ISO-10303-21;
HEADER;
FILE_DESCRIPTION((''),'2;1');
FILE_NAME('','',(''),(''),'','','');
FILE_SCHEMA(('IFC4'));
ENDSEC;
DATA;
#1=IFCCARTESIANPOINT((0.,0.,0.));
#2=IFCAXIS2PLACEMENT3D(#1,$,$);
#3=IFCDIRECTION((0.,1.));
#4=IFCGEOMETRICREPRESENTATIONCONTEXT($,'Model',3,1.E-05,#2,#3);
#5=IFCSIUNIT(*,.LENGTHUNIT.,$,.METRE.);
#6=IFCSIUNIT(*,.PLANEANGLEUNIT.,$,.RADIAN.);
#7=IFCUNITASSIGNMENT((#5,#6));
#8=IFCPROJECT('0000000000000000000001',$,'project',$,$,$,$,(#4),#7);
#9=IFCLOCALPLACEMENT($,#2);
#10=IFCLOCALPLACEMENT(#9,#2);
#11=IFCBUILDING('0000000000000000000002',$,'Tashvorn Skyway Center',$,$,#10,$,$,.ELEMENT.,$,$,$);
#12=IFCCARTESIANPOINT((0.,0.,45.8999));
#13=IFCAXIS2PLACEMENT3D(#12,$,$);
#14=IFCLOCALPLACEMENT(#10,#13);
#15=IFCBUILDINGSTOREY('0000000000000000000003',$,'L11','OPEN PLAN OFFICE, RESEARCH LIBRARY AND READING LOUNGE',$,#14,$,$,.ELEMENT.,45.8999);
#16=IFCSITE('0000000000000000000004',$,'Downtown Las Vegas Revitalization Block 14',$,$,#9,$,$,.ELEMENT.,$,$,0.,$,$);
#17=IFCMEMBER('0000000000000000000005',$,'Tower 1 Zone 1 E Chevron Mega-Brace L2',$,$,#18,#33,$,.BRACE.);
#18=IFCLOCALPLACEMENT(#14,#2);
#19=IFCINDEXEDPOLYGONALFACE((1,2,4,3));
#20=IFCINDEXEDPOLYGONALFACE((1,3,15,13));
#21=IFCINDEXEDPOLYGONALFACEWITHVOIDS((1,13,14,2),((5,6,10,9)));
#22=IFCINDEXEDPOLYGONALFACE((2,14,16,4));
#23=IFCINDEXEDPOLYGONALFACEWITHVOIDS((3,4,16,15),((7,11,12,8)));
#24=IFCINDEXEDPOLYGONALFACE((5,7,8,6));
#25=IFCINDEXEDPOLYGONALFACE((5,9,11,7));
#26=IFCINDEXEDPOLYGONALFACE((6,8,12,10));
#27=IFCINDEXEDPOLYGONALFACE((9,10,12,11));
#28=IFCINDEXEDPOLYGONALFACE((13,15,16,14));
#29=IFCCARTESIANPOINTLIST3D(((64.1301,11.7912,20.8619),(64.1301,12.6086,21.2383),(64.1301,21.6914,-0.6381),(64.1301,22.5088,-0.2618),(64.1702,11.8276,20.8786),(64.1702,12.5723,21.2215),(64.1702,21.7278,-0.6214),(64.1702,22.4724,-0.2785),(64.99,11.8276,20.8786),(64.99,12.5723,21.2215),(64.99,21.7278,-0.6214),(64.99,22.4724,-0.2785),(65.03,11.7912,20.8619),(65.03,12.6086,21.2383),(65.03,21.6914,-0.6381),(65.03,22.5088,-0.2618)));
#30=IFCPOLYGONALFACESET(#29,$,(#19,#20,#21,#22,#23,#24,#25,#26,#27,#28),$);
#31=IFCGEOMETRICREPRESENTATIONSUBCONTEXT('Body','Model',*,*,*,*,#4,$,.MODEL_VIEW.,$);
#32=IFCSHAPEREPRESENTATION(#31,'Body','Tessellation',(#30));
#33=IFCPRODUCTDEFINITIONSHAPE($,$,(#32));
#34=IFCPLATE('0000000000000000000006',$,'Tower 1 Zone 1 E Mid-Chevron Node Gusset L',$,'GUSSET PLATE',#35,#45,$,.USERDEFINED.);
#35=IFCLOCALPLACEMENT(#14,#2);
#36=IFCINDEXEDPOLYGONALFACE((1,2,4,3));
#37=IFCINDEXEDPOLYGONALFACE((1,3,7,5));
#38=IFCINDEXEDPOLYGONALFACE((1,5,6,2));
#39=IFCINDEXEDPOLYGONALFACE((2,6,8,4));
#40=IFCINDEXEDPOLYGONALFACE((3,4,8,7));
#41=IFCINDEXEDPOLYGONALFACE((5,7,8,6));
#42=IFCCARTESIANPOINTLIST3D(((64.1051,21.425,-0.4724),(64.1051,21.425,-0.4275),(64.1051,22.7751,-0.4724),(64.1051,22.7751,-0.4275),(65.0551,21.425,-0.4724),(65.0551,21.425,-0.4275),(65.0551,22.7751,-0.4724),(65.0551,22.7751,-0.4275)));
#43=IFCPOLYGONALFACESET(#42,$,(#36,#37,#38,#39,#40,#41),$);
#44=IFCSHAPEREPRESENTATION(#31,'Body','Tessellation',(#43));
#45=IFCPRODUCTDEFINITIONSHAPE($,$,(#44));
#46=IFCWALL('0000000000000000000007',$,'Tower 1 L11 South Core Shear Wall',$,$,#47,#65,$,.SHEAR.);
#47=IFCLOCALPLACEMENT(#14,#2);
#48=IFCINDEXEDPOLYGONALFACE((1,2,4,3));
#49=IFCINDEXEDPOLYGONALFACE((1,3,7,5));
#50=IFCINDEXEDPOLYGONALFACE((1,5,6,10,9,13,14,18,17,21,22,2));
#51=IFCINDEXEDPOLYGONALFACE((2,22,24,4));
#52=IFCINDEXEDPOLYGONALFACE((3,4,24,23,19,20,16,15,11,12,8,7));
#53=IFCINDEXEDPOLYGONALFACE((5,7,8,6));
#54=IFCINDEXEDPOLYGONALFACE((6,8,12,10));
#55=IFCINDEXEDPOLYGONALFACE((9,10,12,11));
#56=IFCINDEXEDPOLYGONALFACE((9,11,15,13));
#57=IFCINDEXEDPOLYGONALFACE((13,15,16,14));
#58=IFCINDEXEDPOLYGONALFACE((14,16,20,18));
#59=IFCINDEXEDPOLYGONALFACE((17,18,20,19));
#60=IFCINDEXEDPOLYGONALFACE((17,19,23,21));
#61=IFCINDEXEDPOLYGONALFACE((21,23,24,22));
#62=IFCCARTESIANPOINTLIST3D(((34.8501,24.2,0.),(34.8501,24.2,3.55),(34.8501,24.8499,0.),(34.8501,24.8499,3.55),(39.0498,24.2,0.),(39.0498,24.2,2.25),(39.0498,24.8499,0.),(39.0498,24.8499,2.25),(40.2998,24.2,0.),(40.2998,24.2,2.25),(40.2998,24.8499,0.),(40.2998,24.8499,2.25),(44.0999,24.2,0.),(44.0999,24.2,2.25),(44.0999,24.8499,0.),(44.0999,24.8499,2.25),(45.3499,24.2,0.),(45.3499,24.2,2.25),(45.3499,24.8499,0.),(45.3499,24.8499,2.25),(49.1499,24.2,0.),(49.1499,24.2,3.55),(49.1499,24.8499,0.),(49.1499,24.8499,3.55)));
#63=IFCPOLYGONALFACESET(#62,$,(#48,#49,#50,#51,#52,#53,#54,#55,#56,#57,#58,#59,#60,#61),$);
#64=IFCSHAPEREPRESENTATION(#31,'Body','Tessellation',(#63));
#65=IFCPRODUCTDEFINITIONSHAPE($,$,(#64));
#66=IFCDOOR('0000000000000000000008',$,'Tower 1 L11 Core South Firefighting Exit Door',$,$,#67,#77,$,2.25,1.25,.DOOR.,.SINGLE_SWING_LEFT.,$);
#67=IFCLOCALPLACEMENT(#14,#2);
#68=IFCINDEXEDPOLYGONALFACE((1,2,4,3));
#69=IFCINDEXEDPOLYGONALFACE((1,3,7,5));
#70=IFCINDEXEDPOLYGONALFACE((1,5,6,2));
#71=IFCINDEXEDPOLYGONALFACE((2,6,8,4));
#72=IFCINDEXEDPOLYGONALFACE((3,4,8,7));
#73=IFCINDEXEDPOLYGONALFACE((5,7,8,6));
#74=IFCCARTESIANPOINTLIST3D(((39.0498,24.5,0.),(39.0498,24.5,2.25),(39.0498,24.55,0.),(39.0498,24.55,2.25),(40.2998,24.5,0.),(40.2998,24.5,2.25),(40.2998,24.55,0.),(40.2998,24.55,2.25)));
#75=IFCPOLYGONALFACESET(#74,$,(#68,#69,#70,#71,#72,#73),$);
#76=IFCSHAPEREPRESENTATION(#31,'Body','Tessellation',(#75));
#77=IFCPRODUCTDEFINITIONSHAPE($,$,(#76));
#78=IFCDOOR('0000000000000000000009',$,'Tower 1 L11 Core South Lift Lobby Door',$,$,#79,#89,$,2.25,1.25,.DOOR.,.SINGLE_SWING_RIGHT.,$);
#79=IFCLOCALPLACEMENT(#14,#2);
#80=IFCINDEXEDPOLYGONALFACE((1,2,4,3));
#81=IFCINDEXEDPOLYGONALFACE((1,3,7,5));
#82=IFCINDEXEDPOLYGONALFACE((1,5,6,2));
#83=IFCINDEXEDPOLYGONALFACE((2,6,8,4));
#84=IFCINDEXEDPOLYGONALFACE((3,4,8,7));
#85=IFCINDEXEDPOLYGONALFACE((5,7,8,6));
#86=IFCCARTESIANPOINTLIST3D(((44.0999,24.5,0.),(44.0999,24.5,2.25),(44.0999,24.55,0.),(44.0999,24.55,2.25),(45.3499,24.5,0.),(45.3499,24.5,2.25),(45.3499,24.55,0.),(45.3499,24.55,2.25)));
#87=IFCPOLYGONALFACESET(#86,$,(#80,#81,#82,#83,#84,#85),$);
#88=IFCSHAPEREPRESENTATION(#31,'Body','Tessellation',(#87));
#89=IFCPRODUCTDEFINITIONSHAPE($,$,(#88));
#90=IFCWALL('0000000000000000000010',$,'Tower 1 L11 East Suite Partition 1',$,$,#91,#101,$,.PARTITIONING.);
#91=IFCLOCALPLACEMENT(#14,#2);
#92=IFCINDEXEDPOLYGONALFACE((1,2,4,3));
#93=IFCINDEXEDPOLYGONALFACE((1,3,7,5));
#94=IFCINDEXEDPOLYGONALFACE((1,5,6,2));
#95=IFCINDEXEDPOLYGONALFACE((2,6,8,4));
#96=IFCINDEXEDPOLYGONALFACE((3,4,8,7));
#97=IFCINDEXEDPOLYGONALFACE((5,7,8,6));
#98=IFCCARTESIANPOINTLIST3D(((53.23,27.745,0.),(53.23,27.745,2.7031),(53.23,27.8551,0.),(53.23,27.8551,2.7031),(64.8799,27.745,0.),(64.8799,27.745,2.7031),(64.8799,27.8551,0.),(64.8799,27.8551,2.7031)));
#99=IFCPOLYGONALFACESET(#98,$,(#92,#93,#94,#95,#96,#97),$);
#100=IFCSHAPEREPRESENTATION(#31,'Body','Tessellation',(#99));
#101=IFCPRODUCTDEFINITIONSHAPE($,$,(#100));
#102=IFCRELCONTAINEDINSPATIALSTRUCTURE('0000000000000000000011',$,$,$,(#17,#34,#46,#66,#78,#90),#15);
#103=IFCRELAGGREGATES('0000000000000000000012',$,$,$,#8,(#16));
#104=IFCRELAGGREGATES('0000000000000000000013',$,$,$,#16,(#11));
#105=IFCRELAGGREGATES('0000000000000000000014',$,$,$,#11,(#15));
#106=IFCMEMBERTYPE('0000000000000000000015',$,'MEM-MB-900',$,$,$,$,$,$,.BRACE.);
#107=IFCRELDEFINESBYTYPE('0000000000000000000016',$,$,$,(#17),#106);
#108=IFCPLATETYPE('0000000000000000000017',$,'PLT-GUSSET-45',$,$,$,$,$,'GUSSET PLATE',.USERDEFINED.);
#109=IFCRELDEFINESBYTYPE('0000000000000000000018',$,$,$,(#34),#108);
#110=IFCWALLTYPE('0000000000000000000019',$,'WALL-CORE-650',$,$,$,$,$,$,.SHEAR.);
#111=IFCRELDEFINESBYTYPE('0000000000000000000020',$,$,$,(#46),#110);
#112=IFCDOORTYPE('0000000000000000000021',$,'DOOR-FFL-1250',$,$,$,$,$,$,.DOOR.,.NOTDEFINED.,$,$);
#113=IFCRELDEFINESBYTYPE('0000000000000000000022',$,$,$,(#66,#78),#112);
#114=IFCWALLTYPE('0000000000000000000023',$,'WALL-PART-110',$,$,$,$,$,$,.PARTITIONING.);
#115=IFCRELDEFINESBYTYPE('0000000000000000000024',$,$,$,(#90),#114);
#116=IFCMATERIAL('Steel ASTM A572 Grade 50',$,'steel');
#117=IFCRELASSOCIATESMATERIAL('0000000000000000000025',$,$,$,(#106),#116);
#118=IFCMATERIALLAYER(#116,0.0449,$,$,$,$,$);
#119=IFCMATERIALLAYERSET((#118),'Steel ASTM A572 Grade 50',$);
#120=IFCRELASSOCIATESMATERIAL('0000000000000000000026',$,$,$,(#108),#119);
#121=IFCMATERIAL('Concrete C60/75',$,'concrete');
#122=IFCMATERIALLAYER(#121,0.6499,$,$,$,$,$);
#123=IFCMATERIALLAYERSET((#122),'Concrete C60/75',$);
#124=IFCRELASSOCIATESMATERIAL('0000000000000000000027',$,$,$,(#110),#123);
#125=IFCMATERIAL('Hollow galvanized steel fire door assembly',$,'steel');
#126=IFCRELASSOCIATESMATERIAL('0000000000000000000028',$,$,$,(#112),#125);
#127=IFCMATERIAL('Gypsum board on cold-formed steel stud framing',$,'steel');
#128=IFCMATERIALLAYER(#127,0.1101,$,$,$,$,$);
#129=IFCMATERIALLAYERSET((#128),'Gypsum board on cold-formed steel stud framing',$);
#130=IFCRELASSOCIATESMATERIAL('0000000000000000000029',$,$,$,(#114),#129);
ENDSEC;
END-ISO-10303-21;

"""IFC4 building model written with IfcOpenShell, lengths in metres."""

from ifc_helpers import new_model, si_unit, direction, frame, frame_2d, origin, origin_2d, place, context, subcontext, project, spatial, rectangle, hollow_rectangle, extrude, material, layer, layer_set, material_profile, profile_set, type_object, element, fill, save


model = new_model("IFC4")

# Units and contexts
model_context = context("Model", 3, precision=1e-05, world=origin(), true_north=direction((0.0, 1.0)))
body_context = subcontext(model_context, "Body", "Model", "MODEL_VIEW")
ifc_project = project(units=[si_unit("LENGTHUNIT", "METRE"), si_unit("PLANEANGLEUNIT", "RADIAN")], contexts=[model_context])

# Site, building, storey
site_placement = place(None, origin())
site = spatial("IfcSite", under=ifc_project, at=site_placement, Name="Downtown Las Vegas Revitalization Block 14", CompositionType="ELEMENT", RefElevation=0.0)
building_placement = place(site_placement, origin())
building = spatial("IfcBuilding", under=site, at=building_placement, Name="Tashvorn Skyway Center", CompositionType="ELEMENT")
storey_placement = place(building_placement, frame((0.0, 0.0, 45.8999)))
storey = spatial("IfcBuildingStorey", under=building, at=storey_placement, Name="L11", Description="OPEN PLAN OFFICE, RESEARCH LIBRARY AND READING LOUNGE", CompositionType="ELEMENT", Elevation=45.8999)

# Shared definitions
ifc_material_1 = material(Name="Steel ASTM A572 Grade 50", Category="steel")

# Member
ifc_material_profile_1 = material_profile(ifc_material_1, hollow_rectangle(XDim=0.8999, YDim=0.8999, WallThickness=0.04, at=origin_2d()), Name="BOX900x900x40")
ifc_profile_set_1 = profile_set([ifc_material_profile_1], Name="Steel ASTM A572 Grade 50")
member_type_1 = type_object("IfcMemberType", Name="MEM-MB-900", PredefinedType="BRACE", material=ifc_profile_set_1)
member_1_placement = place(storey_placement, frame((64.5801, 22.1001, -0.45), z_axis=(0.0, -0.418259, 0.908328), x_axis=(1.0, 0.0, 0.0)))
element("IfcMember", 1, at=member_1_placement, inside=storey, type_object=member_type_1, Name="Tower 1 Zone 1 E Chevron Mega-Brace L2", PredefinedType="BRACE", context=body_context, shape_type="SweptSolid", body=[
    extrude(hollow_rectangle(XDim=0.8999, YDim=0.8999, WallThickness=0.04, at=origin_2d()), origin(), (0.0, 0.0, 1.0), 23.6699),
])

# Plate
ifc_layer_1 = layer(ifc_material_1, 0.0449)
ifc_layer_set_1 = layer_set([ifc_layer_1], Name="Steel ASTM A572 Grade 50")
plate_type = type_object("IfcPlateType", Name="PLT-GUSSET-45", ElementType="GUSSET PLATE", PredefinedType="USERDEFINED", material=ifc_layer_set_1)
plate_placement = place(storey_placement, frame((64.5801, 22.1001, -0.4724), z_axis=(0.0, 0.0, 1.0), x_axis=(0.0, 1.0, 0.0)))
element("IfcPlate", 2, at=plate_placement, inside=storey, type_object=plate_type, Name="Tower 1 Zone 1 E Mid-Chevron Node Gusset L", ObjectType="GUSSET PLATE", PredefinedType="USERDEFINED", context=body_context, shape_type="SweptSolid", body=[
    extrude(rectangle(XDim=1.3501, YDim=0.95, at=origin_2d()), origin(), (0.0, 0.0, 1.0), 0.0449),
])

# Wall, openings, doors
ifc_material_2 = material(Name="Concrete C60/75", Category="concrete")
ifc_layer_2 = layer(ifc_material_2, 0.6499)
ifc_layer_set_2 = layer_set([ifc_layer_2], Name="Concrete C60/75")
wall_type_1 = type_object("IfcWallType", Name="WALL-CORE-650", PredefinedType="SHEAR", material=ifc_layer_set_2)
wall_1_placement = place(storey_placement, frame((49.1499, 24.5249, 0.0), z_axis=(0.0, 0.0, 1.0), x_axis=(-1.0, 0.0, 0.0)))
wall_1 = element("IfcWall", 3, at=wall_1_placement, inside=storey, type_object=wall_type_1, Name="Tower 1 L11 South Core Shear Wall", PredefinedType="SHEAR", context=body_context, shape_type="SweptSolid", body=[
    extrude(rectangle(XDim=14.2998, YDim=0.6499, at=frame_2d((7.1499, 0.0))), origin(), (0.0, 0.0, 1.0), 3.55),
])
opening_1_placement = place(wall_1_placement, frame((8.8501, 0.0, 0.0)))
opening_1 = element("IfcOpeningElement", 4, at=opening_1_placement, cuts=wall_1, PredefinedType="OPENING", context=body_context, shape_type="SweptSolid", body=[
    extrude(rectangle(XDim=1.25, YDim=2.25, at=frame_2d((0.625, 1.125))), frame((0.0, 0.335, 0.0), z_axis=(0.0, -1.0, 0.0), x_axis=(1.0, 0.0, 0.0)), (0.0, 0.0, 1.0), 0.6699),
])
opening_2_placement = place(wall_1_placement, frame((3.8, 0.0, 0.0)))
opening_2 = element("IfcOpeningElement", 5, at=opening_2_placement, cuts=wall_1, PredefinedType="OPENING", context=body_context, shape_type="SweptSolid", body=[
    extrude(rectangle(XDim=1.25, YDim=2.25, at=frame_2d((0.625, 1.125))), frame((0.0, 0.335, 0.0), z_axis=(0.0, -1.0, 0.0), x_axis=(1.0, 0.0, 0.0)), (0.0, 0.0, 1.0), 0.6699),
])
ifc_material_3 = material(Name="Hollow galvanized steel fire door assembly", Category="steel")
door_type_1 = type_object("IfcDoorType", Name="DOOR-FFL-1250", OperationType="NOTDEFINED", PredefinedType="DOOR", material=ifc_material_3)
door_1_placement = place(opening_1_placement, origin())
door_1 = element("IfcDoor", 6, at=door_1_placement, inside=storey, type_object=door_type_1, Name="Tower 1 L11 Core South Firefighting Exit Door", OperationType="SINGLE_SWING_LEFT", OverallHeight=2.25, OverallWidth=1.25, PredefinedType="DOOR", context=body_context, shape_type="SweptSolid", body=[
    extrude(rectangle(XDim=1.25, YDim=2.25, at=frame_2d((0.625, 1.125))), frame((0.0, 0.0249, 0.0), z_axis=(0.0, -1.0, 0.0), x_axis=(1.0, 0.0, 0.0)), (0.0, 0.0, 1.0), 0.05),
])
fill(opening_1, door_1)
door_2_placement = place(opening_2_placement, origin())
door_2 = element("IfcDoor", 7, at=door_2_placement, inside=storey, type_object=door_type_1, Name="Tower 1 L11 Core South Lift Lobby Door", OperationType="SINGLE_SWING_RIGHT", OverallHeight=2.25, OverallWidth=1.25, PredefinedType="DOOR", context=body_context, shape_type="SweptSolid", body=[
    extrude(rectangle(XDim=1.25, YDim=2.25, at=frame_2d((0.625, 1.125))), frame((0.0, 0.0249, 0.0), z_axis=(0.0, -1.0, 0.0), x_axis=(1.0, 0.0, 0.0)), (0.0, 0.0, 1.0), 0.05),
])
fill(opening_2, door_2)

# Wall
ifc_material_4 = material(Name="Gypsum board on cold-formed steel stud framing", Category="steel")
ifc_layer_3 = layer(ifc_material_4, 0.1101)
ifc_layer_set_3 = layer_set([ifc_layer_3], Name="Gypsum board on cold-formed steel stud framing")
wall_type_2 = type_object("IfcWallType", Name="WALL-PART-110", PredefinedType="PARTITIONING", material=ifc_layer_set_3)
wall_2_placement = place(storey_placement, frame((53.23, 27.8, 0.0), z_axis=(0.0, 0.0, 1.0), x_axis=(1.0, 0.0, 0.0)))
element("IfcWall", 8, at=wall_2_placement, inside=storey, type_object=wall_type_2, Name="Tower 1 L11 East Suite Partition 1", PredefinedType="PARTITIONING", context=body_context, shape_type="SweptSolid", body=[
    extrude(rectangle(XDim=11.6499, YDim=0.1101, at=frame_2d((5.825, 0.0))), origin(), (0.0, 0.0, 1.0), 2.7031),
])

save(model, "model.ifc")
